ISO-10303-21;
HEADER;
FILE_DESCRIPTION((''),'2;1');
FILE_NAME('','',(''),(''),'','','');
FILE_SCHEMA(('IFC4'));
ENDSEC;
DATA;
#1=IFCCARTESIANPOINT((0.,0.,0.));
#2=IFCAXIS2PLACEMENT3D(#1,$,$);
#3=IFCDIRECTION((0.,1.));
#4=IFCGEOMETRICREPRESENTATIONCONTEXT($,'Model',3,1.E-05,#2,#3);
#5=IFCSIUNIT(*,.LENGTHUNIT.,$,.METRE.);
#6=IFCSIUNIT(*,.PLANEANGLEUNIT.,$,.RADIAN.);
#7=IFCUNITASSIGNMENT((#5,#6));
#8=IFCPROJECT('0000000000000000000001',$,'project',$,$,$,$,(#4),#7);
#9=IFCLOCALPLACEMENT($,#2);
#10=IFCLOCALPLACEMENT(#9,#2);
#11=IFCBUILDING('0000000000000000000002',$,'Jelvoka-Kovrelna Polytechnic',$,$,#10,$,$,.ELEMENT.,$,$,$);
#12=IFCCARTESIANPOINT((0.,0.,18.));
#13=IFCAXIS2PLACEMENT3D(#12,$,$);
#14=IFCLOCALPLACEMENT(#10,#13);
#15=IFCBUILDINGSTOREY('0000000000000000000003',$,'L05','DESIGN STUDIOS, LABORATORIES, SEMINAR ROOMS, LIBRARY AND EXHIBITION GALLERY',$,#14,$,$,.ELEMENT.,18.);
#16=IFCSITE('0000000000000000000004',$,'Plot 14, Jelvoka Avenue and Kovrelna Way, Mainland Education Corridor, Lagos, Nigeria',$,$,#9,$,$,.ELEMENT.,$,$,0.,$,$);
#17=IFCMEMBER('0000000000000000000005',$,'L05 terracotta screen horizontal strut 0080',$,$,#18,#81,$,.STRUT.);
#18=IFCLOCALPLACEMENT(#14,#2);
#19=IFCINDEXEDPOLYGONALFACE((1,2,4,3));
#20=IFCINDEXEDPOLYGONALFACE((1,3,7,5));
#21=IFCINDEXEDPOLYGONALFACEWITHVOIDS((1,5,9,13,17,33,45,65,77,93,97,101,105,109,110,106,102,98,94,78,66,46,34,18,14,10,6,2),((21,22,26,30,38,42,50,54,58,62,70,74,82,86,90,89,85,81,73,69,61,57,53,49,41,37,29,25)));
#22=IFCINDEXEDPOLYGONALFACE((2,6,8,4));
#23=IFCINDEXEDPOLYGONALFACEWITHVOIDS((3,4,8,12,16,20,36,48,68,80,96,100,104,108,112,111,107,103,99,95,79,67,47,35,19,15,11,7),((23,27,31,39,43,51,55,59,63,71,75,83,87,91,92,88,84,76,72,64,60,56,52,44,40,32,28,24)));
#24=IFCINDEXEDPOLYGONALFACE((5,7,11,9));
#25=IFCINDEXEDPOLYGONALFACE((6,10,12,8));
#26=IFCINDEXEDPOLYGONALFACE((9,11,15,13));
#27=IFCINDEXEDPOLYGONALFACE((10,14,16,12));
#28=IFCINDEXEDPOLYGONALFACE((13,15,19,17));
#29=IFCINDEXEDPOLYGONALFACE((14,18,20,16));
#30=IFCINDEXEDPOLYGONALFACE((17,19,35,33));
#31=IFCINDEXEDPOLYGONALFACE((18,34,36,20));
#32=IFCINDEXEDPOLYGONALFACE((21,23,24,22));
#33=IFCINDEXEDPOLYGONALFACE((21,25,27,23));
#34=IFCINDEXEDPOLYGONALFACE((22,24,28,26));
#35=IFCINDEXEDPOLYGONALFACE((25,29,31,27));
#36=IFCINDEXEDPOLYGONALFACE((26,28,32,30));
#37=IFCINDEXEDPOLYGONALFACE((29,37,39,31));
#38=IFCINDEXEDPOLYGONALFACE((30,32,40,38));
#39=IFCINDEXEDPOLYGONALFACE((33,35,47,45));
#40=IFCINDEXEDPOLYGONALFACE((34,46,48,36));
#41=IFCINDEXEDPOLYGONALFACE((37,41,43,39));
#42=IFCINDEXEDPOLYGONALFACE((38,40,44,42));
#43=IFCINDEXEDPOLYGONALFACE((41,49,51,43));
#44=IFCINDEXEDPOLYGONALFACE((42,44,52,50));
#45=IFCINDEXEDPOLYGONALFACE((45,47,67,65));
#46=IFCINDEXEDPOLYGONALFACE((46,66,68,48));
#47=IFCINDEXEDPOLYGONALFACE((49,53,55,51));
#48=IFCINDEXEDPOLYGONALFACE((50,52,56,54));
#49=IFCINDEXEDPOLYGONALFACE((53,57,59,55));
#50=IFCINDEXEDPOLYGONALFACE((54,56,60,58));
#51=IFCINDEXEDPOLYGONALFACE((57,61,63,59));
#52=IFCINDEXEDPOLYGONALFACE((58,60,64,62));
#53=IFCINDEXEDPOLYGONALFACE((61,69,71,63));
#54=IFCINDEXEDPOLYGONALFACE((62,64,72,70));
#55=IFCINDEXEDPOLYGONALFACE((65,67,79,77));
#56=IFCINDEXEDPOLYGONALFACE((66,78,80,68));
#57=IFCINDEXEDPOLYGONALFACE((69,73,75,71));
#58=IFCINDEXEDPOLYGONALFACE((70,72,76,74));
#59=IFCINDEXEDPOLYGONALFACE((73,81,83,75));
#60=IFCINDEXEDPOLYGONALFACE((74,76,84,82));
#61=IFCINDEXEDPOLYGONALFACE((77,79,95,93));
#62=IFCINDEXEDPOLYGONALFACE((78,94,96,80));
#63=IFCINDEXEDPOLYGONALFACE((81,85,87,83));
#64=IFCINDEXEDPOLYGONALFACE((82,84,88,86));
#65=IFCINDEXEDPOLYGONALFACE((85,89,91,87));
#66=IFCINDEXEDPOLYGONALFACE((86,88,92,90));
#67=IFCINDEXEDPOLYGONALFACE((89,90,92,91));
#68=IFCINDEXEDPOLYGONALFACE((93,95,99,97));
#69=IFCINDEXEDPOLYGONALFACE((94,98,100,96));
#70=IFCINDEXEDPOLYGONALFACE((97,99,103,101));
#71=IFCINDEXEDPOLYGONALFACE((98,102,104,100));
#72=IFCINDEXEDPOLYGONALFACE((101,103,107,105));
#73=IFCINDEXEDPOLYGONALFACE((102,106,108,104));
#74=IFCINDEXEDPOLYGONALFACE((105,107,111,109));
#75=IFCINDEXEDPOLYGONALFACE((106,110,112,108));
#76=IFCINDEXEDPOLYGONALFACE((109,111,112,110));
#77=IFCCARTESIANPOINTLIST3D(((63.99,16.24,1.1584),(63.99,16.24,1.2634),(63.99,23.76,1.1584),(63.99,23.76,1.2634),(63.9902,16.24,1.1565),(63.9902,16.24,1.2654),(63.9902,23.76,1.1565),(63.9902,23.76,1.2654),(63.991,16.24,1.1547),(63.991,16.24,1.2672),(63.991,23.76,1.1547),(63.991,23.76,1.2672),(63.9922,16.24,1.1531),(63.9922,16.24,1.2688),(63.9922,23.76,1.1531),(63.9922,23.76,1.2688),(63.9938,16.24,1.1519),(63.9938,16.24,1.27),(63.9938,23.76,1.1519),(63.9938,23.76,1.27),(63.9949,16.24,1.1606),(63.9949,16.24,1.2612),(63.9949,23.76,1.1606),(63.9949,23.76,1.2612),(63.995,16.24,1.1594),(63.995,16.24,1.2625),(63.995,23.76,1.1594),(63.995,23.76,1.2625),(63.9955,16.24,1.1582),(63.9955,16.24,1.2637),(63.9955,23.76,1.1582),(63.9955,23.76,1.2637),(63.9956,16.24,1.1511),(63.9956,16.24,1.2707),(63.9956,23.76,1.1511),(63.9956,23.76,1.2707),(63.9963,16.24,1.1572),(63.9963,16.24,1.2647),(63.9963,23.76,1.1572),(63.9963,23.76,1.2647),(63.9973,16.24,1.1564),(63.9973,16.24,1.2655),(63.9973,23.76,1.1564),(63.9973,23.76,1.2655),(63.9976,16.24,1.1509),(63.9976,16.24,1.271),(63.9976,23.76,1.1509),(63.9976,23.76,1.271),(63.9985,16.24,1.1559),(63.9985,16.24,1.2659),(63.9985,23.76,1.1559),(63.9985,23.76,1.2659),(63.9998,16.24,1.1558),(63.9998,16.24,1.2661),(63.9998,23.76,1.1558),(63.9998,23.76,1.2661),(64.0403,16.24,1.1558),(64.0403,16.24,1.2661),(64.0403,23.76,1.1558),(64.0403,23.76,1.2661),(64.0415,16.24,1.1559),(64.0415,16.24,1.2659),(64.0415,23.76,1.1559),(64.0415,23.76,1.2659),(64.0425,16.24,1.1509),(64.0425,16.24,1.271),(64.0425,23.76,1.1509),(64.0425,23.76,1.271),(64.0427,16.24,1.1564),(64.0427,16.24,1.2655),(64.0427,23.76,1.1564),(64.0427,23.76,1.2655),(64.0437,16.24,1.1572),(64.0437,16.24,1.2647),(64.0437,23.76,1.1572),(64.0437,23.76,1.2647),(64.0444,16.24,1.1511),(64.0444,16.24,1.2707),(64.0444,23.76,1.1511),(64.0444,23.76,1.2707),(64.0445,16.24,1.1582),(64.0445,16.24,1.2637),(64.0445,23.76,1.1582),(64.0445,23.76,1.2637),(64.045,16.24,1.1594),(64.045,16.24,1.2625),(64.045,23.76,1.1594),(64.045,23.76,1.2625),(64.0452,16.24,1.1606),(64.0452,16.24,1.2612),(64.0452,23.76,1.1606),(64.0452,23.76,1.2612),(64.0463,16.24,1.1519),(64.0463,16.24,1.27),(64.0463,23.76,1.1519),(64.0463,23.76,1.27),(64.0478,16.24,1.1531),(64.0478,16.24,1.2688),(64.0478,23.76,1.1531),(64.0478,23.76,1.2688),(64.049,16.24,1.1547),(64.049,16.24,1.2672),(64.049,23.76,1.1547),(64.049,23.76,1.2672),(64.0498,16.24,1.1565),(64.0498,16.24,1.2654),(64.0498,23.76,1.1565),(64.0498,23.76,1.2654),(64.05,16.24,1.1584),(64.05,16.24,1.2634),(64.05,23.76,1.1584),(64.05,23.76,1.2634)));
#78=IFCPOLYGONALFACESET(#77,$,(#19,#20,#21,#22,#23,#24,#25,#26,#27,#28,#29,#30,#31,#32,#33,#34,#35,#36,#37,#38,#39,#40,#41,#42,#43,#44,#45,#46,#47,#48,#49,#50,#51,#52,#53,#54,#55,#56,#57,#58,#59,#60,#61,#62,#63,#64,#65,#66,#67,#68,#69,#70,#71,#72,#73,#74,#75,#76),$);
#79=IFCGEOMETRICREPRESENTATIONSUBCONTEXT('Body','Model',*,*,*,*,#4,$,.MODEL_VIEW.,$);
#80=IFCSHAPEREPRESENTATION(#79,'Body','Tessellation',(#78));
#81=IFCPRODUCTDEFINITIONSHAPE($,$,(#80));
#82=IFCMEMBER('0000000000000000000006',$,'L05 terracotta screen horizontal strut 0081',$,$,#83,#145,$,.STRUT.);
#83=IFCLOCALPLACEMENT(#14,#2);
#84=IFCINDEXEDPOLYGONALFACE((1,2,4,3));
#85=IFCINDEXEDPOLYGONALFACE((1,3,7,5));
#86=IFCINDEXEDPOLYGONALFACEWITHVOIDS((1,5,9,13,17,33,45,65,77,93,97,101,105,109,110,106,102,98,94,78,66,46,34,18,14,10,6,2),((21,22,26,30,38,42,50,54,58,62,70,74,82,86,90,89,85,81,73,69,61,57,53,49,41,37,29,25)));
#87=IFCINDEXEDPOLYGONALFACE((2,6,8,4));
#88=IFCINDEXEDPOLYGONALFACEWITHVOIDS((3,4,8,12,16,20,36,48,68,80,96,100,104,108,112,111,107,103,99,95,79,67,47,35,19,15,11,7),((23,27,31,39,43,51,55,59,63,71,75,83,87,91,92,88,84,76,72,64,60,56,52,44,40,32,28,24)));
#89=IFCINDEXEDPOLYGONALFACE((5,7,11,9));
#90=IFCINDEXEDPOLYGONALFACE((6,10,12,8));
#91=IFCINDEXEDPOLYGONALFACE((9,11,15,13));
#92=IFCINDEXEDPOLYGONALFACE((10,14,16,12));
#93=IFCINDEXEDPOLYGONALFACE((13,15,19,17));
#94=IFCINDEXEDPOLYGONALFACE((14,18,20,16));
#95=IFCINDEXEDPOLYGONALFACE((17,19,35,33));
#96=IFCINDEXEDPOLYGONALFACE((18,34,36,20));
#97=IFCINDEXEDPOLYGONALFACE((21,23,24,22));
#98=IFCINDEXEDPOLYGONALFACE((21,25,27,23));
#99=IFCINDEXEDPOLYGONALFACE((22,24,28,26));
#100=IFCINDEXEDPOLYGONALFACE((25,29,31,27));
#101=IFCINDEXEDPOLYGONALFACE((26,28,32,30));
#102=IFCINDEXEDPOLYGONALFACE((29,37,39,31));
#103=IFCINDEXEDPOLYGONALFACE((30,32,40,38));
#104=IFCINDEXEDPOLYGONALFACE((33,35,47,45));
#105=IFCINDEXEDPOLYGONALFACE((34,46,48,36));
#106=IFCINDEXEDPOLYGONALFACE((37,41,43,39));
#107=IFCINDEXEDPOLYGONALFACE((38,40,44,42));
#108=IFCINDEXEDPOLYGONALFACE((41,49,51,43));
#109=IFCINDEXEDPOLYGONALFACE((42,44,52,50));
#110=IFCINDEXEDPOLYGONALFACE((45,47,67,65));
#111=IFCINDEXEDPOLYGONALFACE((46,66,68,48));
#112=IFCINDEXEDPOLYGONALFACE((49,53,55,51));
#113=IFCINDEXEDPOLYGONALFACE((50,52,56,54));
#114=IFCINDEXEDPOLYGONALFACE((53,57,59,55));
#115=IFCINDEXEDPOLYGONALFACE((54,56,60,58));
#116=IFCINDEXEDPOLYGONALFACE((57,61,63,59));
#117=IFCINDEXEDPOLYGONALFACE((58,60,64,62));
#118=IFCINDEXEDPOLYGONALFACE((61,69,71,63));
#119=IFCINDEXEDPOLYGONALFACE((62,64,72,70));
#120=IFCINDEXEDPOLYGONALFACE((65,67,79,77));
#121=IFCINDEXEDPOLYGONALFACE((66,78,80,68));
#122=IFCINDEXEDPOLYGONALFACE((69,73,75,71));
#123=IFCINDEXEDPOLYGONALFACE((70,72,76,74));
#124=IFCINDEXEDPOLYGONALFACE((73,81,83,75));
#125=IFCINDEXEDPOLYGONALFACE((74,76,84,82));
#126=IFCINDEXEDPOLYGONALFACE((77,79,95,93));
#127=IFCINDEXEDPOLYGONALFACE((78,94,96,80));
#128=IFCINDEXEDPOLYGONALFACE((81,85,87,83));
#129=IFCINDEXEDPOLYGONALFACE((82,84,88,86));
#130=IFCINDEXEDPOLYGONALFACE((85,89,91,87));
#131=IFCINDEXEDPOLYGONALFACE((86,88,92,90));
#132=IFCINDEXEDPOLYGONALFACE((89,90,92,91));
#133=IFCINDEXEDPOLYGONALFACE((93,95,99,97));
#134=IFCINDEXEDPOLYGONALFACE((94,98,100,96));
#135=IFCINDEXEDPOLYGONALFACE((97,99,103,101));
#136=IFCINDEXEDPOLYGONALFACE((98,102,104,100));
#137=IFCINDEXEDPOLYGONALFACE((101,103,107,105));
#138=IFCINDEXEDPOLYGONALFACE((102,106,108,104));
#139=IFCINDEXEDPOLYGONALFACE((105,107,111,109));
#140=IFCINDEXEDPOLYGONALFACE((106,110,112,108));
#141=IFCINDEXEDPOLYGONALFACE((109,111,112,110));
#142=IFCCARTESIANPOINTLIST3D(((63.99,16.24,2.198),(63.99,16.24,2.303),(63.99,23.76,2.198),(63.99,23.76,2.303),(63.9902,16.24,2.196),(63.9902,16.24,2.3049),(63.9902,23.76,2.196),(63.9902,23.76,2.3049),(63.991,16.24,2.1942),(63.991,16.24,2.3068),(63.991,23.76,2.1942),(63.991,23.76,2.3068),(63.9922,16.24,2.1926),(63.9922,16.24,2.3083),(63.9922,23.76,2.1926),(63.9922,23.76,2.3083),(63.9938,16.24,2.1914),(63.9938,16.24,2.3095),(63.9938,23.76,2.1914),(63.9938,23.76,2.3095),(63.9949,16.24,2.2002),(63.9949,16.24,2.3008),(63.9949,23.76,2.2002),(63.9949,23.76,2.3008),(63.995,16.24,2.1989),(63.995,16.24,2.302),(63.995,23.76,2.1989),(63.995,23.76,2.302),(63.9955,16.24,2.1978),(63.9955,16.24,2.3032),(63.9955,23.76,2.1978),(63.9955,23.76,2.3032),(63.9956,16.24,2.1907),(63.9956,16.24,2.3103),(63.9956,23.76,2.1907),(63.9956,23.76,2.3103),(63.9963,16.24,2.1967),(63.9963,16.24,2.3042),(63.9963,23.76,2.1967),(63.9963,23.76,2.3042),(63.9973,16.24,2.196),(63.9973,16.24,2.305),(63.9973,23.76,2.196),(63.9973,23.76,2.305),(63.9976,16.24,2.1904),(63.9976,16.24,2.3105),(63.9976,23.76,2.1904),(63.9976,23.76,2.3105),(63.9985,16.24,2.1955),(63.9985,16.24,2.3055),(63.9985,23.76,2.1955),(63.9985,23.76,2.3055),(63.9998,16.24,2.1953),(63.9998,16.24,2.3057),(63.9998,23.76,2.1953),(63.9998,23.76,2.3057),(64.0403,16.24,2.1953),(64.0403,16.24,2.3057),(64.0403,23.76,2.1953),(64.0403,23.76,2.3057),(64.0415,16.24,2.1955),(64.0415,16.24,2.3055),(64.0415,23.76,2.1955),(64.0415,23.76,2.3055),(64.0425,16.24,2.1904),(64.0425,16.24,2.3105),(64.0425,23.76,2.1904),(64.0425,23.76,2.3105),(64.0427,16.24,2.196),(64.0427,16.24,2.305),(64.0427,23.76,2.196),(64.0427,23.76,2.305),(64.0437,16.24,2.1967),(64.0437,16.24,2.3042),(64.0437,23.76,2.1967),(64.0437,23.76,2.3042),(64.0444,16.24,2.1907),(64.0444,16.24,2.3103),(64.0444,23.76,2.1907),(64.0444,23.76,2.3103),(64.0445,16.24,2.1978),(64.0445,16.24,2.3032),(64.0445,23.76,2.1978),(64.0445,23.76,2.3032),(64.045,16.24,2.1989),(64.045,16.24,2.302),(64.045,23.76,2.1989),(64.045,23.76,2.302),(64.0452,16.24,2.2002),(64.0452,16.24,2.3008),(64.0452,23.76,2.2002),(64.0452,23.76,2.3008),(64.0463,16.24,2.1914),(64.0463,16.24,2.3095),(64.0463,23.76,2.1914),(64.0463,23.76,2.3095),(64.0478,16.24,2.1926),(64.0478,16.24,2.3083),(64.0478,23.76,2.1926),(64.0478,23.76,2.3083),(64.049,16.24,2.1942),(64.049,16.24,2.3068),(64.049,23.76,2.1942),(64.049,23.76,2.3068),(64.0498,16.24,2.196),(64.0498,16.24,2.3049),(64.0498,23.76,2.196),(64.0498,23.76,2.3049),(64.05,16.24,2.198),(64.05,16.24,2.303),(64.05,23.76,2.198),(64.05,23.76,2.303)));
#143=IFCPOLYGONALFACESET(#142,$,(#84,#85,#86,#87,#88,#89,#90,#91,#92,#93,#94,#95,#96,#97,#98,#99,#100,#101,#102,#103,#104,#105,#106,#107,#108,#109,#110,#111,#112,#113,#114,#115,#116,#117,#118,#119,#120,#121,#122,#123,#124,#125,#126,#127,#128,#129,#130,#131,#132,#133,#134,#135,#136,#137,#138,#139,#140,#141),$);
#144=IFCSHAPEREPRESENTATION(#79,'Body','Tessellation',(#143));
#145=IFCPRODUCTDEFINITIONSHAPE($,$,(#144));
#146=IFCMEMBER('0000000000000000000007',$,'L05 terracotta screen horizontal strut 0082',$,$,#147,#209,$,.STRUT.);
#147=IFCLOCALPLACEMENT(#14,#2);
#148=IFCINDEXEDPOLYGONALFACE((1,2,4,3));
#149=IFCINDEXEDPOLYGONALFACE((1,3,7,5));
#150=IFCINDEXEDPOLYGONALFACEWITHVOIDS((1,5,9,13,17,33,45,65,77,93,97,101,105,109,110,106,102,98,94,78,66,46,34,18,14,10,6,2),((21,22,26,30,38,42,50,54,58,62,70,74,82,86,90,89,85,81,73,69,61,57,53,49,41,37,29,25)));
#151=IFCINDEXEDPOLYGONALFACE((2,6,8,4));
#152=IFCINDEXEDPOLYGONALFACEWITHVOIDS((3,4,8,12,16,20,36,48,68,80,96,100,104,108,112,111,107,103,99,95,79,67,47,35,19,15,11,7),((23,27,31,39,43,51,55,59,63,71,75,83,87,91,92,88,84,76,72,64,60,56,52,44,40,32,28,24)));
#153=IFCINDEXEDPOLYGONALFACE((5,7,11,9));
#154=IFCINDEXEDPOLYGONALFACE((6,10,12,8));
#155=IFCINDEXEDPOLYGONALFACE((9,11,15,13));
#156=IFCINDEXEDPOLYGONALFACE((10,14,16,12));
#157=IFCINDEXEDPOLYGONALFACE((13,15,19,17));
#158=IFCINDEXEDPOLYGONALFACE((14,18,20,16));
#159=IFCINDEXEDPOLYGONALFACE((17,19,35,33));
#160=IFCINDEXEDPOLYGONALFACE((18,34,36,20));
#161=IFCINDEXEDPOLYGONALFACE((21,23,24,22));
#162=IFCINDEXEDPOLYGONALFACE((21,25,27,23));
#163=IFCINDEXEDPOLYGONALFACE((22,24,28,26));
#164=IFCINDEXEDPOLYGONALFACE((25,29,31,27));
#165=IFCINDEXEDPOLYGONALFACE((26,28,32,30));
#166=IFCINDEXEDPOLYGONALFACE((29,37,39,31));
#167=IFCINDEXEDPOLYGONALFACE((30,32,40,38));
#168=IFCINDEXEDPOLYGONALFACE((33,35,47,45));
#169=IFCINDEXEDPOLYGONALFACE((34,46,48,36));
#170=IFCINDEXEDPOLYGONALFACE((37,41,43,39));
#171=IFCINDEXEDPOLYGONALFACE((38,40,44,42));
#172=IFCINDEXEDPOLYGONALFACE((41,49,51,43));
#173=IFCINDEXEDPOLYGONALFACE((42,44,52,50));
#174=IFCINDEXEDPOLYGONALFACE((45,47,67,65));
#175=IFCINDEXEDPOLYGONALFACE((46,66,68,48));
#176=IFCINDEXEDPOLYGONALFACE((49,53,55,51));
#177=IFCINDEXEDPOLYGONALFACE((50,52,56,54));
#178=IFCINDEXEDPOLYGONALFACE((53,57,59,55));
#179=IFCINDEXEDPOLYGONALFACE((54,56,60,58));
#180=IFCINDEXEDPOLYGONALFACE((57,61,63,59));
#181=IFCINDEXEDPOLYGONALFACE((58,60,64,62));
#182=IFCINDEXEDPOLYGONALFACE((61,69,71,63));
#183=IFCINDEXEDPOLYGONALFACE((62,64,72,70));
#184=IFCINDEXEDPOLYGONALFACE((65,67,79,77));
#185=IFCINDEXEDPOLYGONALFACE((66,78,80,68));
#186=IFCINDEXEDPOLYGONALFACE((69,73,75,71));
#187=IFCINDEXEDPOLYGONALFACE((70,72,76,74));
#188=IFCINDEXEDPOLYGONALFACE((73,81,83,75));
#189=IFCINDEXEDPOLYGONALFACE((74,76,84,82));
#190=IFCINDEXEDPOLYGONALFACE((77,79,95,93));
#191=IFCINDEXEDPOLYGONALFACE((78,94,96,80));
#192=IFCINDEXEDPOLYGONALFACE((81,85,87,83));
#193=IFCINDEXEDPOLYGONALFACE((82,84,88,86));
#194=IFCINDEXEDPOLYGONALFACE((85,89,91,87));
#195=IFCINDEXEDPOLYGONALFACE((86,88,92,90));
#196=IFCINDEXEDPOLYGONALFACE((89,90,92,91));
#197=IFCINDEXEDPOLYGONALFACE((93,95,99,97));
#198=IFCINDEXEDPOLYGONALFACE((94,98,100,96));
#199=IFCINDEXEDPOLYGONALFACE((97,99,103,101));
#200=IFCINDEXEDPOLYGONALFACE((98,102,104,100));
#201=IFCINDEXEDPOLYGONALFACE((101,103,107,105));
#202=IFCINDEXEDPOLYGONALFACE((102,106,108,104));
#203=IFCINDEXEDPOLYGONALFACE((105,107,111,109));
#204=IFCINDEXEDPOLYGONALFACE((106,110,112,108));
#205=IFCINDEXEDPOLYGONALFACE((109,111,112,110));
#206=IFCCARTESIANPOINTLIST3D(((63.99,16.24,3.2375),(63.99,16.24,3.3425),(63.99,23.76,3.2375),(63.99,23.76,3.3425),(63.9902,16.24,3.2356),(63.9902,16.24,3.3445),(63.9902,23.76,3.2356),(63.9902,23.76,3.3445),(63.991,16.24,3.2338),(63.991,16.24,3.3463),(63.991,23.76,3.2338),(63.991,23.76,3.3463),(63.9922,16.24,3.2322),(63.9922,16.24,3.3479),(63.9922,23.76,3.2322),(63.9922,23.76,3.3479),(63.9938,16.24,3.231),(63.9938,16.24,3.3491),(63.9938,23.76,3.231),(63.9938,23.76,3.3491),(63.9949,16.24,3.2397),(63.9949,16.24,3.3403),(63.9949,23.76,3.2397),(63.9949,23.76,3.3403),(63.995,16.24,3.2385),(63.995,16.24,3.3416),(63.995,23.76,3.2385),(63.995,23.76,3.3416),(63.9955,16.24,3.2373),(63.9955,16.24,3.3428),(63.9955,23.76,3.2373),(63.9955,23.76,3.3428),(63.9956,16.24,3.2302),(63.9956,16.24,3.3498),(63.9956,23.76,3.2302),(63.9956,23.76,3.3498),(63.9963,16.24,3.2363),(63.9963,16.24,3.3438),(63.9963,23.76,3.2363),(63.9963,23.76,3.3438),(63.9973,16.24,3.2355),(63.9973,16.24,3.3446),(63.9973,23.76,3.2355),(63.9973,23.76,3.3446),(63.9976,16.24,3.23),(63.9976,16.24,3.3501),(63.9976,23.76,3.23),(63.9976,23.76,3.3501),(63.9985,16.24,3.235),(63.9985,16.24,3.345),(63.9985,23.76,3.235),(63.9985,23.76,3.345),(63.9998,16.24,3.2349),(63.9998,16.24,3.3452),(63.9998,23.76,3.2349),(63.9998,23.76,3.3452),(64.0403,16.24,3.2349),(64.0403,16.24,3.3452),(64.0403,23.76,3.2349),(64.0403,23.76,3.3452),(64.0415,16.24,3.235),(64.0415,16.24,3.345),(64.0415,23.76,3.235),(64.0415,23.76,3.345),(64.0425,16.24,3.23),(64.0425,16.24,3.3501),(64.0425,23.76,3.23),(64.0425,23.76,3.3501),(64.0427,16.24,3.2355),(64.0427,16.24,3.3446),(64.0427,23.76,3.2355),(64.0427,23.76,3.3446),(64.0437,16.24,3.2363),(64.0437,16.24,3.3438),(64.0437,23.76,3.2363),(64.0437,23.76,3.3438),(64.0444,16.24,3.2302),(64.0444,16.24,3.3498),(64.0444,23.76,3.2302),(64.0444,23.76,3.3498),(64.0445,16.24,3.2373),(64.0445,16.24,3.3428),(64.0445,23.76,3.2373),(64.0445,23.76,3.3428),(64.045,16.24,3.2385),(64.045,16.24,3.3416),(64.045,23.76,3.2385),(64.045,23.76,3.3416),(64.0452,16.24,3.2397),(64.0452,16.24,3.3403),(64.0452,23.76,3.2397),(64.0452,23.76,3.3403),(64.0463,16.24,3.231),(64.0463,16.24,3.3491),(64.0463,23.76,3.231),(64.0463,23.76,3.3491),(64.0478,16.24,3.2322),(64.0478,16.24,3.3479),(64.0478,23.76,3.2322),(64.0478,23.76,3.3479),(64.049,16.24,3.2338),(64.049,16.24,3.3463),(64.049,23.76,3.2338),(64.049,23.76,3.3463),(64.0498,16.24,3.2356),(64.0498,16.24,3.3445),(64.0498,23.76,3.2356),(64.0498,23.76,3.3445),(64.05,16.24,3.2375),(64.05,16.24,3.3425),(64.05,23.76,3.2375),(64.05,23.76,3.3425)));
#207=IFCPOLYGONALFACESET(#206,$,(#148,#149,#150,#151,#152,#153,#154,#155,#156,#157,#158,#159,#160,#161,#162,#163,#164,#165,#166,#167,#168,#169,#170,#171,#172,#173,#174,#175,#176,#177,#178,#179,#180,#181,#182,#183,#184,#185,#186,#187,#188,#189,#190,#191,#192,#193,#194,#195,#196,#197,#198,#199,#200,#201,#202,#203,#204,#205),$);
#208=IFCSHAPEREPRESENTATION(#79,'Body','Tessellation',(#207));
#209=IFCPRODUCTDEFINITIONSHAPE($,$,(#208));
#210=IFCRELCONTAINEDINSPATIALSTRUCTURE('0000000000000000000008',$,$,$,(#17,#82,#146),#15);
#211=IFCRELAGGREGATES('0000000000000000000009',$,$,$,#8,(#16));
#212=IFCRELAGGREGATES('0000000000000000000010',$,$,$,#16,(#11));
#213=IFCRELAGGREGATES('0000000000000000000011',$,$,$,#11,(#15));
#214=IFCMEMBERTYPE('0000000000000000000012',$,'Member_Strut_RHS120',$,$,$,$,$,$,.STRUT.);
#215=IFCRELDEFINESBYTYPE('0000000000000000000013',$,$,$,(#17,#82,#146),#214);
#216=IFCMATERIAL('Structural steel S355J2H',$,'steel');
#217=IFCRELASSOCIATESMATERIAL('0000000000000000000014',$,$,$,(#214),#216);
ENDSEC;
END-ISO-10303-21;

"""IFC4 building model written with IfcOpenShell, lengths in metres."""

from ifc_helpers import new_model, si_unit, direction, frame, origin, origin_2d, place, context, subcontext, project, spatial, hollow_rectangle, extrude, material, material_profile, profile_set, type_object, element, save


model = new_model("IFC4")

# Units and contexts
model_context = context("Model", 3, precision=1e-05, world=origin(), true_north=direction((0.0, 1.0)))
body_context = subcontext(model_context, "Body", "Model", "MODEL_VIEW")
ifc_project = project(units=[si_unit("LENGTHUNIT", "METRE"), si_unit("PLANEANGLEUNIT", "RADIAN")], contexts=[model_context])

# Site, building, storey
site_placement = place(None, origin())
site = spatial("IfcSite", under=ifc_project, at=site_placement, Name="Plot 14, Jelvoka Avenue and Kovrelna Way, Mainland Education Corridor, Lagos, Nigeria", CompositionType="ELEMENT", RefElevation=0.0)
building_placement = place(site_placement, origin())
building = spatial("IfcBuilding", under=site, at=building_placement, Name="Jelvoka-Kovrelna Polytechnic", CompositionType="ELEMENT")
storey_placement = place(building_placement, frame((0.0, 0.0, 18.0)))
storey = spatial("IfcBuildingStorey", under=building, at=storey_placement, Name="L05", Description="DESIGN STUDIOS, LABORATORIES, SEMINAR ROOMS, LIBRARY AND EXHIBITION GALLERY", CompositionType="ELEMENT", Elevation=18.0)

# Members
ifc_material_1 = material(Name="Structural steel S355J2H", Category="steel")
ifc_material_profile_1 = material_profile(ifc_material_1, hollow_rectangle(XDim=0.0601, YDim=0.1201, WallThickness=0.0049, InnerFilletRadius=0.0049, OuterFilletRadius=0.0076, at=origin_2d()), Name="120x60x5.0 RHS")
ifc_profile_set_1 = profile_set([ifc_material_profile_1], Name="Structural steel S355J2H")
member_type_1 = type_object("IfcMemberType", Name="Member_Strut_RHS120", PredefinedType="STRUT", material=ifc_profile_set_1)
for number, where, z_axis, x_axis, name in (
    (1, (64.02, 16.24, 1.2109), (0.0, 1.0, 0.0), (-1.0, 0.0, 0.0), "L05 terracotta screen horizontal strut 0080"),
    (2, (64.02, 16.24, 2.2505), (0.0, 1.0, 0.0), (-1.0, 0.0, 0.0), "L05 terracotta screen horizontal strut 0081"),
    (3, (64.02, 16.24, 3.29), (0.0, 1.0, 0.0), (-1.0, 0.0, 0.0), "L05 terracotta screen horizontal strut 0082"),
):
    element("IfcMember", number, at=place(storey_placement, frame(where, z_axis=z_axis, x_axis=x_axis)), inside=storey, type_object=member_type_1, Name=name, PredefinedType="STRUT", context=body_context, shape_type="SweptSolid", body=[
        extrude(hollow_rectangle(XDim=0.0601, YDim=0.1201, WallThickness=0.0049, InnerFilletRadius=0.0049, OuterFilletRadius=0.0076, at=origin_2d()), origin(), (0.0, 0.0, 1.0), 7.52),
    ])

save(model, "model.ifc")
